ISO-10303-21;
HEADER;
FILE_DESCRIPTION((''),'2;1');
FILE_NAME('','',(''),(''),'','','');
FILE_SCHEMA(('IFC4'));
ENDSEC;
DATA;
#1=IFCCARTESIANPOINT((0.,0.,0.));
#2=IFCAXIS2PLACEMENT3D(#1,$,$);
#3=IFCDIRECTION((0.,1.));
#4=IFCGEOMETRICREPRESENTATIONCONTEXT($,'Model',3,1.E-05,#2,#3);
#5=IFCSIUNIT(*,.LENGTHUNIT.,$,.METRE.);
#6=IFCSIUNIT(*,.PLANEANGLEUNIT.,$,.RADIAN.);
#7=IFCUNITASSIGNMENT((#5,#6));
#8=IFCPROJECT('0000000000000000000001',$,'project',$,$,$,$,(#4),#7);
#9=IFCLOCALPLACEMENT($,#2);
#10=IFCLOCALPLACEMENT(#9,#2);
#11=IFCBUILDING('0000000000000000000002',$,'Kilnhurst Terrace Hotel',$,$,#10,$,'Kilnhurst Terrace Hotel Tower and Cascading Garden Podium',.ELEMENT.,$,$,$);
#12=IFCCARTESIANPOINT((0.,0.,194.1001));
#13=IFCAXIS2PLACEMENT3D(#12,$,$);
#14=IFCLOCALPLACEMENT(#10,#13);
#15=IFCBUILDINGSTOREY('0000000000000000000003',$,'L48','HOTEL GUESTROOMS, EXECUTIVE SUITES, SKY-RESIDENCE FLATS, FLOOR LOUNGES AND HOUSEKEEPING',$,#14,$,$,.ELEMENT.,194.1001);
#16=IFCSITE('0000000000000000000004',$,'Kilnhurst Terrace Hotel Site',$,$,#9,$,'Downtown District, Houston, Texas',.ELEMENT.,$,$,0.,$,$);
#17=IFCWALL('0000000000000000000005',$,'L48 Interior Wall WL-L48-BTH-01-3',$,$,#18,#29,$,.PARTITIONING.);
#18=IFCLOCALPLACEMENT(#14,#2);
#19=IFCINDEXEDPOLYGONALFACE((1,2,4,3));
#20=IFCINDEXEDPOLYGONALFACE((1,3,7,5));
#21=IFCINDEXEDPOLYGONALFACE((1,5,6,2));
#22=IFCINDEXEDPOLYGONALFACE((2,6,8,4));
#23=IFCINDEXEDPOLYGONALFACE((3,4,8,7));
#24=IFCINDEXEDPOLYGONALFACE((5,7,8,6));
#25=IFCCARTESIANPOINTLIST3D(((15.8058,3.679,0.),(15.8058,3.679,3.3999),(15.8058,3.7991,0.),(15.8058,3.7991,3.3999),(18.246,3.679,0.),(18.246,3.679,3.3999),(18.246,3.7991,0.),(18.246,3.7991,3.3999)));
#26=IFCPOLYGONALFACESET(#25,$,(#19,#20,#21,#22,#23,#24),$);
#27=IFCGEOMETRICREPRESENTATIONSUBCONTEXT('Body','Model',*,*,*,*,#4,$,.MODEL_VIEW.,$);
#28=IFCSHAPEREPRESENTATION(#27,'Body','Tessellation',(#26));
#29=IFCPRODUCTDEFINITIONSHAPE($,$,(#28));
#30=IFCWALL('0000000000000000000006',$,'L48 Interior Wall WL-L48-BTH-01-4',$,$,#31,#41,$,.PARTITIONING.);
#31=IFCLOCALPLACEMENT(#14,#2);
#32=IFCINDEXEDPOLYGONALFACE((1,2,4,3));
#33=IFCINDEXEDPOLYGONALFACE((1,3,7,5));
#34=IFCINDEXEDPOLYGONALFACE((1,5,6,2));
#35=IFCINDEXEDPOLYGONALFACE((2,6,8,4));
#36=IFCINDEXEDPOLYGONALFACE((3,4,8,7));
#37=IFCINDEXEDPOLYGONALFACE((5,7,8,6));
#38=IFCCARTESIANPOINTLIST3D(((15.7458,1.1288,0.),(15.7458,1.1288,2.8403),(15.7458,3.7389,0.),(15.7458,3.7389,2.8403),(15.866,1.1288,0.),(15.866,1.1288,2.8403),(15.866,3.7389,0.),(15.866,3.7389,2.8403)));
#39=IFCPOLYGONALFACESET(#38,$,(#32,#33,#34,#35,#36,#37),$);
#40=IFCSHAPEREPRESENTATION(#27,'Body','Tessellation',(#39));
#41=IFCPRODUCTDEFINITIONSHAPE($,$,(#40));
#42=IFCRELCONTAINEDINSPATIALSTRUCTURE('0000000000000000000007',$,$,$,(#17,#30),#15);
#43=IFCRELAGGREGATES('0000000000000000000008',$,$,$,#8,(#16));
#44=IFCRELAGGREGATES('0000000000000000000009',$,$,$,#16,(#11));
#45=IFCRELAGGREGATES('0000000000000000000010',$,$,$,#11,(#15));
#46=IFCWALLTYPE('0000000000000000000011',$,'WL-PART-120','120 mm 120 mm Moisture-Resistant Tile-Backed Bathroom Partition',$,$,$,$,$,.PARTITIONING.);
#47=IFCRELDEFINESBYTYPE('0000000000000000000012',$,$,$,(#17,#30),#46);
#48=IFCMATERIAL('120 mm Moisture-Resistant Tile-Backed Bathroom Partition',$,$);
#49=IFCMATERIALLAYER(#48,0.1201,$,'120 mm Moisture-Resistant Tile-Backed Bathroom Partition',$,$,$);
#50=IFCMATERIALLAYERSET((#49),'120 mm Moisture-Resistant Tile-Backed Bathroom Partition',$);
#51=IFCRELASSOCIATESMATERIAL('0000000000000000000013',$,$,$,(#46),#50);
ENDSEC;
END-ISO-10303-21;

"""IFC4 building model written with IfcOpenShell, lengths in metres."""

from ifc_helpers import new_model, si_unit, direction, frame, frame_2d, origin, place, context, subcontext, project, spatial, rectangle, extrude, material, layer, layer_set, type_object, element, save


model = new_model("IFC4")

# Units and contexts
model_context = context("Model", 3, precision=1e-05, world=origin(), true_north=direction((0.0, 1.0)))
body_context = subcontext(model_context, "Body", "Model", "MODEL_VIEW")
ifc_project = project(units=[si_unit("LENGTHUNIT", "METRE"), si_unit("PLANEANGLEUNIT", "RADIAN")], contexts=[model_context])

# Site, building, storey
site_placement = place(None, origin())
site = spatial("IfcSite", under=ifc_project, at=site_placement, Name="Kilnhurst Terrace Hotel Site", LongName="Downtown District, Houston, Texas", CompositionType="ELEMENT", RefElevation=0.0)
building_placement = place(site_placement, origin())
building = spatial("IfcBuilding", under=site, at=building_placement, Name="Kilnhurst Terrace Hotel", LongName="Kilnhurst Terrace Hotel Tower and Cascading Garden Podium", CompositionType="ELEMENT")
storey_placement = place(building_placement, frame((0.0, 0.0, 194.1001)))
storey = spatial("IfcBuildingStorey", under=building, at=storey_placement, Name="L48", Description="HOTEL GUESTROOMS, EXECUTIVE SUITES, SKY-RESIDENCE FLATS, FLOOR LOUNGES AND HOUSEKEEPING", CompositionType="ELEMENT", Elevation=194.1001)

# Shared definitions
ifc_material_1 = material(Name="120 mm Moisture-Resistant Tile-Backed Bathroom Partition")
ifc_layer_1 = layer(ifc_material_1, 0.1201, Name="120 mm Moisture-Resistant Tile-Backed Bathroom Partition")
ifc_layer_set_1 = layer_set([ifc_layer_1], Name="120 mm Moisture-Resistant Tile-Backed Bathroom Partition")
wall_type_1 = type_object("IfcWallType", Name="WL-PART-120", Description="120 mm 120 mm Moisture-Resistant Tile-Backed Bathroom Partition", PredefinedType="PARTITIONING", material=ifc_layer_set_1)

# Walls
wall_1_placement = place(storey_placement, frame((18.2461, 3.739, 0.0), z_axis=(0.0, 0.0, 1.0), x_axis=(-1.0, 0.0, 0.0)))
element("IfcWall", 1, at=wall_1_placement, inside=storey, type_object=wall_type_1, Name="L48 Interior Wall WL-L48-BTH-01-3", PredefinedType="PARTITIONING", context=body_context, shape_type="SweptSolid", body=[
    extrude(rectangle(XDim=2.4402, YDim=0.1201, at=frame_2d((1.2202, 0.0))), origin(), (0.0, 0.0, 1.0), 3.3999),
])
wall_2_placement = place(storey_placement, frame((15.8059, 3.739, 0.0), z_axis=(0.0, 0.0, 1.0), x_axis=(0.0, -1.0, 0.0)))
element("IfcWall", 2, at=wall_2_placement, inside=storey, type_object=wall_type_1, Name="L48 Interior Wall WL-L48-BTH-01-4", PredefinedType="PARTITIONING", context=body_context, shape_type="SweptSolid", body=[
    extrude(rectangle(XDim=2.6101, YDim=0.1201, at=frame_2d((1.3052, 0.0))), origin(), (0.0, 0.0, 1.0), 2.8403),
])

save(model, "model.ifc")
